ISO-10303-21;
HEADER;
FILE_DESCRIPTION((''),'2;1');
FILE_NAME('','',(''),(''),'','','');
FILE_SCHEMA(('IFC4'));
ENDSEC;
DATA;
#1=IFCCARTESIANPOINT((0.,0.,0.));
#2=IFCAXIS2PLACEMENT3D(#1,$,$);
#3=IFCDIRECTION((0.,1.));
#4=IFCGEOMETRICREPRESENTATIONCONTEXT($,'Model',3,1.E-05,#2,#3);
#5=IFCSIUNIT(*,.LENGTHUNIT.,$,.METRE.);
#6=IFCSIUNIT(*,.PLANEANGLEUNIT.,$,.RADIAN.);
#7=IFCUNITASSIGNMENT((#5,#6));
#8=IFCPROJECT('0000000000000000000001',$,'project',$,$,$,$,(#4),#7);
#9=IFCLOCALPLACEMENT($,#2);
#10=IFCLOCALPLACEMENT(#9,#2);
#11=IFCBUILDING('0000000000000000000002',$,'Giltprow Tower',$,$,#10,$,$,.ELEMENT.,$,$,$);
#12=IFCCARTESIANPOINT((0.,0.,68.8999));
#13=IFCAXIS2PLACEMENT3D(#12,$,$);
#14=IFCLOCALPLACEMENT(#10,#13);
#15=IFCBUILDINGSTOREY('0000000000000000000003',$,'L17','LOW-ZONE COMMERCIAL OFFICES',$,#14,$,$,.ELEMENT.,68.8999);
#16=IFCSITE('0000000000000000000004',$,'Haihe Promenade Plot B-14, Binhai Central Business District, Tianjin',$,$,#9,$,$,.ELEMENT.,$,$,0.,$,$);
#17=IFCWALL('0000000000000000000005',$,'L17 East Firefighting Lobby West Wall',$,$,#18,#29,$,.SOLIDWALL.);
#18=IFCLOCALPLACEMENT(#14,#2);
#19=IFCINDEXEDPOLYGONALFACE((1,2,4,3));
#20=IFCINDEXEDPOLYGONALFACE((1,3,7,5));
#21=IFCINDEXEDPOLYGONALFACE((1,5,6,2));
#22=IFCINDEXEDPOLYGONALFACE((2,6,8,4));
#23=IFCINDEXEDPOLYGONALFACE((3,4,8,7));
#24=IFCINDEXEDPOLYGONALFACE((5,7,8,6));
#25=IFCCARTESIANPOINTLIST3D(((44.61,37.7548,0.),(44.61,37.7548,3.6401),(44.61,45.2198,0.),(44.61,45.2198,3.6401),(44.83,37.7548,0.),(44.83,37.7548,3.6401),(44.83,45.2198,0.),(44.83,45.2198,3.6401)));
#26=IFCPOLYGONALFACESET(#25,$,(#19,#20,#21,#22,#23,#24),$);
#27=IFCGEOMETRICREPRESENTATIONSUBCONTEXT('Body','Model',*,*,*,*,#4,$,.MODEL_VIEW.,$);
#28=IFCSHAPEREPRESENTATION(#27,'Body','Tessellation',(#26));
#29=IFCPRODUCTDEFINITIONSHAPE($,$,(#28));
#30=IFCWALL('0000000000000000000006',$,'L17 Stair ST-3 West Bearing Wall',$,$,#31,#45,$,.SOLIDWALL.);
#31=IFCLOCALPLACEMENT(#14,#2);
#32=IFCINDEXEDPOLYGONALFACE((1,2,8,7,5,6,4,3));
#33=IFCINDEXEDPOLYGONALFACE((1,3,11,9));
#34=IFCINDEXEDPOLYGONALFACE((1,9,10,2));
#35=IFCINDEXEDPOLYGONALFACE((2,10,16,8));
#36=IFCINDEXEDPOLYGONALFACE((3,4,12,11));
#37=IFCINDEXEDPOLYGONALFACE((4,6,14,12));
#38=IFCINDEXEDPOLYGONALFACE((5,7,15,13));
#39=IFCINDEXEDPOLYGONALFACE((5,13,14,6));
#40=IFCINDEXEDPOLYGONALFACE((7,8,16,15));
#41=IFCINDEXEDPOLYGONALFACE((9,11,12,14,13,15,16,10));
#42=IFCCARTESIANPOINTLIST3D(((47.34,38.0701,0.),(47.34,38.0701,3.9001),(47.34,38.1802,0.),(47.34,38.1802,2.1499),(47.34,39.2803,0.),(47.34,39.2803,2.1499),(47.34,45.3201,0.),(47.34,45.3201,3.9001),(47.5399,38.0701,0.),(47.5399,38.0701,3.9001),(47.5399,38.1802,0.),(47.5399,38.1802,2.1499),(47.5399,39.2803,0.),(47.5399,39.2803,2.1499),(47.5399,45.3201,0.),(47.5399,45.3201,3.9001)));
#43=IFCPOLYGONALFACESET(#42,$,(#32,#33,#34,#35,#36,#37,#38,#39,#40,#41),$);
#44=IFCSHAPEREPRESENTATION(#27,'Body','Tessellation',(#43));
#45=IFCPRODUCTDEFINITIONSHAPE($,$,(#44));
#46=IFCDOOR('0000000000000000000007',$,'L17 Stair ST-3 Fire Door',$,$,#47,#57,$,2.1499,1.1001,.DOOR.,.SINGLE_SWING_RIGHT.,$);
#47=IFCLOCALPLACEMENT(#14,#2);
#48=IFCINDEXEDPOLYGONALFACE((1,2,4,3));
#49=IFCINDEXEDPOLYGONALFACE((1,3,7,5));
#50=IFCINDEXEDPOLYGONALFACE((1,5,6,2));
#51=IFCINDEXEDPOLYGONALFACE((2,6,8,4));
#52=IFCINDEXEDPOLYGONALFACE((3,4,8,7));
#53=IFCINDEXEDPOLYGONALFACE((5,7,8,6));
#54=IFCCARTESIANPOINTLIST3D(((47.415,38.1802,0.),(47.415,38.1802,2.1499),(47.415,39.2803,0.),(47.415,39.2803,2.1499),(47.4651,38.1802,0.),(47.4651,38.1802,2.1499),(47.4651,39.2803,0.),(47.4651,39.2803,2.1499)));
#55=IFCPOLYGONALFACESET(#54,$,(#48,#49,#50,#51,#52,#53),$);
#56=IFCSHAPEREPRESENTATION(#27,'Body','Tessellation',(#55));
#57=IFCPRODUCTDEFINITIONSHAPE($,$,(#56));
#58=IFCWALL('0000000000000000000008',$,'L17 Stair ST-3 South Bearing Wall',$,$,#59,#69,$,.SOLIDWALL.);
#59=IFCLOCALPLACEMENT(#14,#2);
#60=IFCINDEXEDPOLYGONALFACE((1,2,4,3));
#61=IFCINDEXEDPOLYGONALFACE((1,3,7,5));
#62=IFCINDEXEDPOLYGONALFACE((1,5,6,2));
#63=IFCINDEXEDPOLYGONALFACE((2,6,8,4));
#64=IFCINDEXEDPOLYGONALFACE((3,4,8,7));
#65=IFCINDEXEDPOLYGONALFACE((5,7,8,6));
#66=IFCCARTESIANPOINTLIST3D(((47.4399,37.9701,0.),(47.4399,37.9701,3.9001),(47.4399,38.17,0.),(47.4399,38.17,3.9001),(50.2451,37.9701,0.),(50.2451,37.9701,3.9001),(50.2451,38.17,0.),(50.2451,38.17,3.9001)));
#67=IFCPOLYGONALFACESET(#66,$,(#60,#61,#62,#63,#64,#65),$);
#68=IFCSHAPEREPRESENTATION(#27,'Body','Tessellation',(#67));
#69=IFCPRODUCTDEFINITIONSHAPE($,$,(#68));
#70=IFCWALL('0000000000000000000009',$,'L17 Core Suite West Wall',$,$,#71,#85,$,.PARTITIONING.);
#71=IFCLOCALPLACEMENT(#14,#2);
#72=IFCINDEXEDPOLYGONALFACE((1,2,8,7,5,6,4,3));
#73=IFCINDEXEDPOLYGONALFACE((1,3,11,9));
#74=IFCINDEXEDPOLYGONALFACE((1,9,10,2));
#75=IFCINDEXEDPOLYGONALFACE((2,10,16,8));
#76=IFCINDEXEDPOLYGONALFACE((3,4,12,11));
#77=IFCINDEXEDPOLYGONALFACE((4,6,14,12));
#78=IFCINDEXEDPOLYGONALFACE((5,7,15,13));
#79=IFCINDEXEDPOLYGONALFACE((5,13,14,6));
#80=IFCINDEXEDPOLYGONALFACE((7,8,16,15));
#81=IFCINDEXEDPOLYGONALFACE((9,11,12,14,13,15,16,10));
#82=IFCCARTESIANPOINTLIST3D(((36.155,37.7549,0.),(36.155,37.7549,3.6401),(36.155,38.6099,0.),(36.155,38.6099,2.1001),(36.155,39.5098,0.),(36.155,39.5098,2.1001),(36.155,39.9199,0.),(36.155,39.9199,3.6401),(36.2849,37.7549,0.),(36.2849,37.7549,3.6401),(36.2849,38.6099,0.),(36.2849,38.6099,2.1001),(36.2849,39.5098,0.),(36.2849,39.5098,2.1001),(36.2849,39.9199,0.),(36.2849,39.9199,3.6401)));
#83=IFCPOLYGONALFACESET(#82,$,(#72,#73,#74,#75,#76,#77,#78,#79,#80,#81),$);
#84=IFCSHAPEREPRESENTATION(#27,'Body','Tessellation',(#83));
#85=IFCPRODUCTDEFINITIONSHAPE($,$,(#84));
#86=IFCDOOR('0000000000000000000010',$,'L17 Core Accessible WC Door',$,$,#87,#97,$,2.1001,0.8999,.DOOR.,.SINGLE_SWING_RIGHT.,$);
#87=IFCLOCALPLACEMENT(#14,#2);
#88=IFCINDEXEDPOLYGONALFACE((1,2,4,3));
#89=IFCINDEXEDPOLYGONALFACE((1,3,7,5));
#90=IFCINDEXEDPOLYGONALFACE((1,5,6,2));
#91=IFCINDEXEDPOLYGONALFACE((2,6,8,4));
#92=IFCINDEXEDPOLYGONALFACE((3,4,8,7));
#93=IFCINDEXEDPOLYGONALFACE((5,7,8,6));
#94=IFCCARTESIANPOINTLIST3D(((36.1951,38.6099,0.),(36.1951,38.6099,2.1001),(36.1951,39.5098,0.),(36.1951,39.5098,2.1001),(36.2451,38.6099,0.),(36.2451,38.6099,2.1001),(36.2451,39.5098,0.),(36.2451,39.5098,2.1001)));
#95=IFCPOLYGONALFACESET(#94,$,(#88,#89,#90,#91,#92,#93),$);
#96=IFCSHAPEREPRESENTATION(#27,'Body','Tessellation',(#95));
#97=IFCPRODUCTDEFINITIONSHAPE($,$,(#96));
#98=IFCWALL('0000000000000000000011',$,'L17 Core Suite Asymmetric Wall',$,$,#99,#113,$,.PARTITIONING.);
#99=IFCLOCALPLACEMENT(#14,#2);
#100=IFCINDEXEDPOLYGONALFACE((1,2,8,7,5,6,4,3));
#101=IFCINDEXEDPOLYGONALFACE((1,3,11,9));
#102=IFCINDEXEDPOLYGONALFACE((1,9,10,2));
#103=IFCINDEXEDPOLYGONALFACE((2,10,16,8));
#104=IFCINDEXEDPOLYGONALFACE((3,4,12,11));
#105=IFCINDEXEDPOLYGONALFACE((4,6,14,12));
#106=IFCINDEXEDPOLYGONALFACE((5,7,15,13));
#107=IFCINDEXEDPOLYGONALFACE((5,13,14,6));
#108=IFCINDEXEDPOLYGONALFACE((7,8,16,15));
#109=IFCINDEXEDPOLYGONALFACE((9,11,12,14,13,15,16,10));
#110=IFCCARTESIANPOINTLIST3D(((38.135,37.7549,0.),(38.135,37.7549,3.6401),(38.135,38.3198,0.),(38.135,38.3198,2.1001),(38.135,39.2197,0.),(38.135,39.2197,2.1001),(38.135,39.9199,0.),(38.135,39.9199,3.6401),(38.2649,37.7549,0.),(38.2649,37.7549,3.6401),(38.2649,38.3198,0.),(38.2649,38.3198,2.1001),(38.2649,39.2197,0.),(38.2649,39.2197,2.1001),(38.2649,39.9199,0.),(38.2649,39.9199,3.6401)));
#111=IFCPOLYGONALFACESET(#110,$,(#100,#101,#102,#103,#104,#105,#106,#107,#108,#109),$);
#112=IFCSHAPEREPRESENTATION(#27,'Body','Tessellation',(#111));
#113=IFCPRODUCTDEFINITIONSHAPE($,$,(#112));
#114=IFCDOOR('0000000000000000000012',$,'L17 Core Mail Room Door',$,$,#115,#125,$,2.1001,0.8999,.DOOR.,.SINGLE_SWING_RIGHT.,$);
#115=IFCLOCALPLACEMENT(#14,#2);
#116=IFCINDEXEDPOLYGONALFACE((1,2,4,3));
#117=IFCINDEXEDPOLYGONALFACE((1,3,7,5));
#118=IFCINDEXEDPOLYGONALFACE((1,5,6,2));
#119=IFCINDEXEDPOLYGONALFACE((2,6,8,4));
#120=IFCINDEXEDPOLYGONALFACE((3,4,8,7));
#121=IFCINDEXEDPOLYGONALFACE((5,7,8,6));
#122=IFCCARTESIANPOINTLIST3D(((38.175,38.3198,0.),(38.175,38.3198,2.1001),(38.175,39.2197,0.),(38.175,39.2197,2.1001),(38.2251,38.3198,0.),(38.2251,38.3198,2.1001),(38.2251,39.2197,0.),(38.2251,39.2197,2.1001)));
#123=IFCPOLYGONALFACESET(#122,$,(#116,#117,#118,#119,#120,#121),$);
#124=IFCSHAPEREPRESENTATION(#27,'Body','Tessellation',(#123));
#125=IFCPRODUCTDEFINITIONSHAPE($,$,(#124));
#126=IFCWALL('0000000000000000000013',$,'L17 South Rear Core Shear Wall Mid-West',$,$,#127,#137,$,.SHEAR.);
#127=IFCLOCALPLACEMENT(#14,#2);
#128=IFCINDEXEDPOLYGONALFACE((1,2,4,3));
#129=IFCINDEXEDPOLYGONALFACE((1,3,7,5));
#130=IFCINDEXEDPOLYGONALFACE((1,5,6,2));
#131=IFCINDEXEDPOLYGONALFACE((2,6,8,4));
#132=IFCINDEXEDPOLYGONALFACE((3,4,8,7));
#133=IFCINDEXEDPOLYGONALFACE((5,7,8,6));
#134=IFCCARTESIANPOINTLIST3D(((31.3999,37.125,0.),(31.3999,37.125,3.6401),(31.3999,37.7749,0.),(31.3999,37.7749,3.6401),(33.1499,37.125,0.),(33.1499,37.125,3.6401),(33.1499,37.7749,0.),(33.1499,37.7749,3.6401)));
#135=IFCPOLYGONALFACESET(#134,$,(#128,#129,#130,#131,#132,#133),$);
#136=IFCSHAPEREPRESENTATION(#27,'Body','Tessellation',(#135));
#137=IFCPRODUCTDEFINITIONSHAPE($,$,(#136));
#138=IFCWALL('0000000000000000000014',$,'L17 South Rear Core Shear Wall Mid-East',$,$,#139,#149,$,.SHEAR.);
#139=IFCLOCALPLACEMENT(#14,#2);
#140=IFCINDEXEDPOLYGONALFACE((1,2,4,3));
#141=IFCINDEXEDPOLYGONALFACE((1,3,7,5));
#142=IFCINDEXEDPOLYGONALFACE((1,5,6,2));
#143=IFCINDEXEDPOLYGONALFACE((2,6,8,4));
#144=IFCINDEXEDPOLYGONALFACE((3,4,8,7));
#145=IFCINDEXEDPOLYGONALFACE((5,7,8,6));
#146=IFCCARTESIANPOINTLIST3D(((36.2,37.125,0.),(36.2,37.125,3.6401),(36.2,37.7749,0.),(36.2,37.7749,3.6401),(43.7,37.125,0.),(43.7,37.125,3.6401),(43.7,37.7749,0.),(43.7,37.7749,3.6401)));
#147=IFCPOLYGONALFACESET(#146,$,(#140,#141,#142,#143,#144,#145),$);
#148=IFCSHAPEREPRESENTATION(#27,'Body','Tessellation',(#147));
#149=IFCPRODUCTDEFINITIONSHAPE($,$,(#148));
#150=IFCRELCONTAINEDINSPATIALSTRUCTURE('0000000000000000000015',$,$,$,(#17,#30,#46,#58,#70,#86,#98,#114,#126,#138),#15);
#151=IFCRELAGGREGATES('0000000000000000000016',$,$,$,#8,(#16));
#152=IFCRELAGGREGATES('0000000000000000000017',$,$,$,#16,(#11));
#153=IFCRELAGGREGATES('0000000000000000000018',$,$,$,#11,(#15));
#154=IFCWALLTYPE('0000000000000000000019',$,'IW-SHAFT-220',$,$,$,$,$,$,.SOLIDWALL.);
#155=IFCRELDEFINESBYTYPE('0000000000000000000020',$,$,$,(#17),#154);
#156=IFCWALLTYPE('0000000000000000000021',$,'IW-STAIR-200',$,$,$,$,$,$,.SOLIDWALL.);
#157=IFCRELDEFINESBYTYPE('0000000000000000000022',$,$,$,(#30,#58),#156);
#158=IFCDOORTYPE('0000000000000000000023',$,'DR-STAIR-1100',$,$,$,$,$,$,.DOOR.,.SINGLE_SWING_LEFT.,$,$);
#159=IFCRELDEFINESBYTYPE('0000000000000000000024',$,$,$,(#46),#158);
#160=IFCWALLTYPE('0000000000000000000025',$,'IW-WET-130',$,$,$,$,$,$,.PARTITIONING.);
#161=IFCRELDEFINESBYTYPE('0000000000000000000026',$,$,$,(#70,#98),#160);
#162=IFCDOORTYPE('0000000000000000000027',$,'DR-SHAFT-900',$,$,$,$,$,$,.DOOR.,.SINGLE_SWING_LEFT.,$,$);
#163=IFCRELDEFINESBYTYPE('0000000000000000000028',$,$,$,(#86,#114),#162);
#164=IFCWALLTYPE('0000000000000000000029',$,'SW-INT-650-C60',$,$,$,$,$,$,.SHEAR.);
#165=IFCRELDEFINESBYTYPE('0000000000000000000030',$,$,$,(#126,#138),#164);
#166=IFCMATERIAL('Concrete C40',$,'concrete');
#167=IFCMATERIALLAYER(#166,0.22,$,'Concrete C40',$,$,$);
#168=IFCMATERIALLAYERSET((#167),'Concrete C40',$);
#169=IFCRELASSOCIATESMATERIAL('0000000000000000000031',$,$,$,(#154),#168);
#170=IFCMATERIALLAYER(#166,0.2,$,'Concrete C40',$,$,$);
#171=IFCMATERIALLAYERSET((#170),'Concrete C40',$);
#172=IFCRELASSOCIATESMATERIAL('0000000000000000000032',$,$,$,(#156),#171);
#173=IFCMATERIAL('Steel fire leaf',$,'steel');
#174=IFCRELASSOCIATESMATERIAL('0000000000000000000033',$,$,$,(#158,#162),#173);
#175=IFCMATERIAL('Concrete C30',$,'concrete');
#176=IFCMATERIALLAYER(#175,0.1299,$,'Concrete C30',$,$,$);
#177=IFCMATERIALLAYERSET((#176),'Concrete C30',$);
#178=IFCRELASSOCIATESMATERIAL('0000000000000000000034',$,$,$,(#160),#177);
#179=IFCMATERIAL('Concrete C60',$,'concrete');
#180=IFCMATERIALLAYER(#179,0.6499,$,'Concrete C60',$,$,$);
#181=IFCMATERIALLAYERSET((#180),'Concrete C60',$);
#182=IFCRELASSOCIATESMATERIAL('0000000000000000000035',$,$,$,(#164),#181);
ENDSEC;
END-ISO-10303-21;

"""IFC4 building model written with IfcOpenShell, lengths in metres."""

from ifc_helpers import new_model, si_unit, direction, frame, frame_2d, origin, place, context, subcontext, project, spatial, rectangle, extrude, source, transform, mapped, material, layer, layer_set, type_object, element, fill, save


model = new_model("IFC4")

# Units and contexts
model_context = context("Model", 3, precision=1e-05, world=origin(), true_north=direction((0.0, 1.0)))
body_context = subcontext(model_context, "Body", "Model", "MODEL_VIEW")
ifc_project = project(units=[si_unit("LENGTHUNIT", "METRE"), si_unit("PLANEANGLEUNIT", "RADIAN")], contexts=[model_context])

# Site, building, storey
site_placement = place(None, origin())
site = spatial("IfcSite", under=ifc_project, at=site_placement, Name="Haihe Promenade Plot B-14, Binhai Central Business District, Tianjin", CompositionType="ELEMENT", RefElevation=0.0)
building_placement = place(site_placement, origin())
building = spatial("IfcBuilding", under=site, at=building_placement, Name="Giltprow Tower", CompositionType="ELEMENT")
storey_placement = place(building_placement, frame((0.0, 0.0, 68.8999)))
storey = spatial("IfcBuildingStorey", under=building, at=storey_placement, Name="L17", Description="LOW-ZONE COMMERCIAL OFFICES", CompositionType="ELEMENT", Elevation=68.8999)

# Shared definitions
ifc_material_1 = material(Name="Concrete C60", Category="concrete")

# Wall
ifc_material_2 = material(Name="Concrete C40", Category="concrete")
ifc_layer_1 = layer(ifc_material_2, 0.22, Name="Concrete C40")
ifc_layer_set_1 = layer_set([ifc_layer_1], Name="Concrete C40")
wall_type_1 = type_object("IfcWallType", Name="IW-SHAFT-220", PredefinedType="SOLIDWALL", material=ifc_layer_set_1)
wall_1_placement = place(storey_placement, frame((44.72, 37.7549, 0.0), z_axis=(0.0, 0.0, 1.0), x_axis=(0.0, 1.0, 0.0)))
element("IfcWall", 1, at=wall_1_placement, inside=storey, type_object=wall_type_1, Name="L17 East Firefighting Lobby West Wall", PredefinedType="SOLIDWALL", context=body_context, shape_type="SweptSolid", body=[
    extrude(rectangle(XDim=7.4651, YDim=0.22, at=frame_2d((3.7324, 0.0))), origin(), (0.0, 0.0, 1.0), 3.6401),
])

# Wall, opening, door
ifc_layer_2 = layer(ifc_material_2, 0.2, Name="Concrete C40")
ifc_layer_set_2 = layer_set([ifc_layer_2], Name="Concrete C40")
wall_type_2 = type_object("IfcWallType", Name="IW-STAIR-200", PredefinedType="SOLIDWALL", material=ifc_layer_set_2)
wall_2_placement = place(storey_placement, frame((47.4399, 38.0701, 0.0), z_axis=(0.0, 0.0, 1.0), x_axis=(0.0, 1.0, 0.0)))
wall_2 = element("IfcWall", 2, at=wall_2_placement, inside=storey, type_object=wall_type_2, Name="L17 Stair ST-3 West Bearing Wall", PredefinedType="SOLIDWALL", context=body_context, shape_type="SweptSolid", body=[
    extrude(rectangle(XDim=7.25, YDim=0.2, at=frame_2d((3.625, 0.0))), origin(), (0.0, 0.0, 1.0), 3.9001),
])
opening_1_placement = place(wall_2_placement, frame((0.1101, 0.0, 0.0)))
opening_1 = element("IfcOpeningElement", 3, at=opening_1_placement, cuts=wall_2, PredefinedType="OPENING", context=body_context, shape_type="SweptSolid", body=[
    extrude(rectangle(XDim=1.1001, YDim=2.1499, at=frame_2d((0.55, 1.075))), frame((0.0, 0.1099, 0.0), z_axis=(0.0, -1.0, 0.0), x_axis=(1.0, 0.0, 0.0)), (0.0, 0.0, 1.0), 0.22),
])
ifc_material_3 = material(Name="Steel fire leaf", Category="steel")
door_type_1 = type_object("IfcDoorType", Name="DR-STAIR-1100", OperationType="SINGLE_SWING_LEFT", PredefinedType="DOOR", material=ifc_material_3)
shared_shape_1 = source(origin(), body_context, "Body", "SweptSolid", [
    extrude(rectangle(XDim=1.1001, YDim=2.1499, at=frame_2d((0.55, 1.075))), frame((0.0, 0.0249, 0.0), z_axis=(0.0, -1.0, 0.0), x_axis=(1.0, 0.0, 0.0)), (0.0, 0.0, 1.0), 0.05),
])
door_1_placement = place(opening_1_placement, origin())
door_1 = element("IfcDoor", 4, at=door_1_placement, inside=storey, type_object=door_type_1, Name="L17 Stair ST-3 Fire Door", OperationType="SINGLE_SWING_RIGHT", OverallHeight=2.1499, OverallWidth=1.1001, PredefinedType="DOOR", context=body_context, shape_type="MappedRepresentation", body=[
    mapped(shared_shape_1, transform((0.0, 0.0, 0.0), x_axis=(1.0, 0.0, 0.0), y_axis=(0.0, 1.0, 0.0), z_axis=(0.0, 0.0, 1.0), scale=1.0)),
])
fill(opening_1, door_1)

# Wall
wall_3_placement = place(storey_placement, frame((47.4399, 38.0701, 0.0), z_axis=(0.0, 0.0, 1.0), x_axis=(1.0, 0.0, 0.0)))
element("IfcWall", 5, at=wall_3_placement, inside=storey, type_object=wall_type_2, Name="L17 Stair ST-3 South Bearing Wall", PredefinedType="SOLIDWALL", context=body_context, shape_type="SweptSolid", body=[
    extrude(rectangle(XDim=2.8052, YDim=0.2, at=frame_2d((1.4026, 0.0))), origin(), (0.0, 0.0, 1.0), 3.9001),
])

# Walls, openings, doors
ifc_material_4 = material(Name="Concrete C30", Category="concrete")
ifc_layer_3 = layer(ifc_material_4, 0.1299, Name="Concrete C30")
ifc_layer_set_3 = layer_set([ifc_layer_3], Name="Concrete C30")
wall_type_3 = type_object("IfcWallType", Name="IW-WET-130", PredefinedType="PARTITIONING", material=ifc_layer_set_3)
wall_4_placement = place(storey_placement, frame((36.22, 37.7549, 0.0), z_axis=(0.0, 0.0, 1.0), x_axis=(0.0, 1.0, 0.0)))
wall_4 = element("IfcWall", 6, at=wall_4_placement, inside=storey, type_object=wall_type_3, Name="L17 Core Suite West Wall", PredefinedType="PARTITIONING", context=body_context, shape_type="SweptSolid", body=[
    extrude(rectangle(XDim=2.165, YDim=0.1299, at=frame_2d((1.0825, 0.0))), origin(), (0.0, 0.0, 1.0), 3.6401),
])
opening_2_placement = place(wall_4_placement, frame((0.855, 0.0, 0.0)))
opening_2 = element("IfcOpeningElement", 7, at=opening_2_placement, cuts=wall_4, PredefinedType="OPENING", context=body_context, shape_type="SweptSolid", body=[
    extrude(rectangle(XDim=0.8999, YDim=2.1001, at=frame_2d((0.45, 1.05))), frame((0.0, 0.075, 0.0), z_axis=(0.0, -1.0, 0.0), x_axis=(1.0, 0.0, 0.0)), (0.0, 0.0, 1.0), 0.1499),
])
door_type_2 = type_object("IfcDoorType", Name="DR-SHAFT-900", OperationType="SINGLE_SWING_LEFT", PredefinedType="DOOR", material=ifc_material_3)
shared_shape_2 = source(origin(), body_context, "Body", "SweptSolid", [
    extrude(rectangle(XDim=0.8999, YDim=2.1001, at=frame_2d((0.45, 1.05))), frame((0.0, 0.0249, 0.0), z_axis=(0.0, -1.0, 0.0), x_axis=(1.0, 0.0, 0.0)), (0.0, 0.0, 1.0), 0.05),
])
door_2_placement = place(opening_2_placement, origin())
door_2 = element("IfcDoor", 8, at=door_2_placement, inside=storey, type_object=door_type_2, Name="L17 Core Accessible WC Door", OperationType="SINGLE_SWING_RIGHT", OverallHeight=2.1001, OverallWidth=0.8999, PredefinedType="DOOR", context=body_context, shape_type="MappedRepresentation", body=[
    mapped(shared_shape_2, transform((0.0, 0.0, 0.0), x_axis=(1.0, 0.0, 0.0), y_axis=(0.0, 1.0, 0.0), z_axis=(0.0, 0.0, 1.0), scale=1.0)),
])
fill(opening_2, door_2)
wall_5_placement = place(storey_placement, frame((38.2, 37.7549, 0.0), z_axis=(0.0, 0.0, 1.0), x_axis=(0.0, 1.0, 0.0)))
wall_5 = element("IfcWall", 9, at=wall_5_placement, inside=storey, type_object=wall_type_3, Name="L17 Core Suite Asymmetric Wall", PredefinedType="PARTITIONING", context=body_context, shape_type="SweptSolid", body=[
    extrude(rectangle(XDim=2.165, YDim=0.1299, at=frame_2d((1.0825, 0.0))), origin(), (0.0, 0.0, 1.0), 3.6401),
])
opening_3_placement = place(wall_5_placement, frame((0.5649, 0.0, 0.0)))
opening_3 = element("IfcOpeningElement", 10, at=opening_3_placement, cuts=wall_5, PredefinedType="OPENING", context=body_context, shape_type="SweptSolid", body=[
    extrude(rectangle(XDim=0.8999, YDim=2.1001, at=frame_2d((0.45, 1.05))), frame((0.0, 0.075, 0.0), z_axis=(0.0, -1.0, 0.0), x_axis=(1.0, 0.0, 0.0)), (0.0, 0.0, 1.0), 0.1499),
])
door_3_placement = place(opening_3_placement, origin())
door_3 = element("IfcDoor", 11, at=door_3_placement, inside=storey, type_object=door_type_2, Name="L17 Core Mail Room Door", OperationType="SINGLE_SWING_RIGHT", OverallHeight=2.1001, OverallWidth=0.8999, PredefinedType="DOOR", context=body_context, shape_type="MappedRepresentation", body=[
    mapped(shared_shape_2, transform((0.0, 0.0, 0.0), x_axis=(1.0, 0.0, 0.0), y_axis=(0.0, 1.0, 0.0), z_axis=(0.0, 0.0, 1.0), scale=1.0)),
])
fill(opening_3, door_3)

# Walls
ifc_layer_4 = layer(ifc_material_1, 0.6499, Name="Concrete C60")
ifc_layer_set_4 = layer_set([ifc_layer_4], Name="Concrete C60")
wall_type_4 = type_object("IfcWallType", Name="SW-INT-650-C60", PredefinedType="SHEAR", material=ifc_layer_set_4)
wall_6_placement = place(storey_placement, frame((31.3999, 37.45, 0.0), z_axis=(0.0, 0.0, 1.0), x_axis=(1.0, 0.0, 0.0)))
element("IfcWall", 12, at=wall_6_placement, inside=storey, type_object=wall_type_4, Name="L17 South Rear Core Shear Wall Mid-West", PredefinedType="SHEAR", context=body_context, shape_type="SweptSolid", body=[
    extrude(rectangle(XDim=1.75, YDim=0.6499, at=frame_2d((0.875, 0.0))), origin(), (0.0, 0.0, 1.0), 3.6401),
])
wall_7_placement = place(storey_placement, frame((36.2, 37.45, 0.0), z_axis=(0.0, 0.0, 1.0), x_axis=(1.0, 0.0, 0.0)))
element("IfcWall", 13, at=wall_7_placement, inside=storey, type_object=wall_type_4, Name="L17 South Rear Core Shear Wall Mid-East", PredefinedType="SHEAR", context=body_context, shape_type="SweptSolid", body=[
    extrude(rectangle(XDim=7.5, YDim=0.6499, at=frame_2d((3.75, 0.0))), origin(), (0.0, 0.0, 1.0), 3.6401),
])

save(model, "model.ifc")
